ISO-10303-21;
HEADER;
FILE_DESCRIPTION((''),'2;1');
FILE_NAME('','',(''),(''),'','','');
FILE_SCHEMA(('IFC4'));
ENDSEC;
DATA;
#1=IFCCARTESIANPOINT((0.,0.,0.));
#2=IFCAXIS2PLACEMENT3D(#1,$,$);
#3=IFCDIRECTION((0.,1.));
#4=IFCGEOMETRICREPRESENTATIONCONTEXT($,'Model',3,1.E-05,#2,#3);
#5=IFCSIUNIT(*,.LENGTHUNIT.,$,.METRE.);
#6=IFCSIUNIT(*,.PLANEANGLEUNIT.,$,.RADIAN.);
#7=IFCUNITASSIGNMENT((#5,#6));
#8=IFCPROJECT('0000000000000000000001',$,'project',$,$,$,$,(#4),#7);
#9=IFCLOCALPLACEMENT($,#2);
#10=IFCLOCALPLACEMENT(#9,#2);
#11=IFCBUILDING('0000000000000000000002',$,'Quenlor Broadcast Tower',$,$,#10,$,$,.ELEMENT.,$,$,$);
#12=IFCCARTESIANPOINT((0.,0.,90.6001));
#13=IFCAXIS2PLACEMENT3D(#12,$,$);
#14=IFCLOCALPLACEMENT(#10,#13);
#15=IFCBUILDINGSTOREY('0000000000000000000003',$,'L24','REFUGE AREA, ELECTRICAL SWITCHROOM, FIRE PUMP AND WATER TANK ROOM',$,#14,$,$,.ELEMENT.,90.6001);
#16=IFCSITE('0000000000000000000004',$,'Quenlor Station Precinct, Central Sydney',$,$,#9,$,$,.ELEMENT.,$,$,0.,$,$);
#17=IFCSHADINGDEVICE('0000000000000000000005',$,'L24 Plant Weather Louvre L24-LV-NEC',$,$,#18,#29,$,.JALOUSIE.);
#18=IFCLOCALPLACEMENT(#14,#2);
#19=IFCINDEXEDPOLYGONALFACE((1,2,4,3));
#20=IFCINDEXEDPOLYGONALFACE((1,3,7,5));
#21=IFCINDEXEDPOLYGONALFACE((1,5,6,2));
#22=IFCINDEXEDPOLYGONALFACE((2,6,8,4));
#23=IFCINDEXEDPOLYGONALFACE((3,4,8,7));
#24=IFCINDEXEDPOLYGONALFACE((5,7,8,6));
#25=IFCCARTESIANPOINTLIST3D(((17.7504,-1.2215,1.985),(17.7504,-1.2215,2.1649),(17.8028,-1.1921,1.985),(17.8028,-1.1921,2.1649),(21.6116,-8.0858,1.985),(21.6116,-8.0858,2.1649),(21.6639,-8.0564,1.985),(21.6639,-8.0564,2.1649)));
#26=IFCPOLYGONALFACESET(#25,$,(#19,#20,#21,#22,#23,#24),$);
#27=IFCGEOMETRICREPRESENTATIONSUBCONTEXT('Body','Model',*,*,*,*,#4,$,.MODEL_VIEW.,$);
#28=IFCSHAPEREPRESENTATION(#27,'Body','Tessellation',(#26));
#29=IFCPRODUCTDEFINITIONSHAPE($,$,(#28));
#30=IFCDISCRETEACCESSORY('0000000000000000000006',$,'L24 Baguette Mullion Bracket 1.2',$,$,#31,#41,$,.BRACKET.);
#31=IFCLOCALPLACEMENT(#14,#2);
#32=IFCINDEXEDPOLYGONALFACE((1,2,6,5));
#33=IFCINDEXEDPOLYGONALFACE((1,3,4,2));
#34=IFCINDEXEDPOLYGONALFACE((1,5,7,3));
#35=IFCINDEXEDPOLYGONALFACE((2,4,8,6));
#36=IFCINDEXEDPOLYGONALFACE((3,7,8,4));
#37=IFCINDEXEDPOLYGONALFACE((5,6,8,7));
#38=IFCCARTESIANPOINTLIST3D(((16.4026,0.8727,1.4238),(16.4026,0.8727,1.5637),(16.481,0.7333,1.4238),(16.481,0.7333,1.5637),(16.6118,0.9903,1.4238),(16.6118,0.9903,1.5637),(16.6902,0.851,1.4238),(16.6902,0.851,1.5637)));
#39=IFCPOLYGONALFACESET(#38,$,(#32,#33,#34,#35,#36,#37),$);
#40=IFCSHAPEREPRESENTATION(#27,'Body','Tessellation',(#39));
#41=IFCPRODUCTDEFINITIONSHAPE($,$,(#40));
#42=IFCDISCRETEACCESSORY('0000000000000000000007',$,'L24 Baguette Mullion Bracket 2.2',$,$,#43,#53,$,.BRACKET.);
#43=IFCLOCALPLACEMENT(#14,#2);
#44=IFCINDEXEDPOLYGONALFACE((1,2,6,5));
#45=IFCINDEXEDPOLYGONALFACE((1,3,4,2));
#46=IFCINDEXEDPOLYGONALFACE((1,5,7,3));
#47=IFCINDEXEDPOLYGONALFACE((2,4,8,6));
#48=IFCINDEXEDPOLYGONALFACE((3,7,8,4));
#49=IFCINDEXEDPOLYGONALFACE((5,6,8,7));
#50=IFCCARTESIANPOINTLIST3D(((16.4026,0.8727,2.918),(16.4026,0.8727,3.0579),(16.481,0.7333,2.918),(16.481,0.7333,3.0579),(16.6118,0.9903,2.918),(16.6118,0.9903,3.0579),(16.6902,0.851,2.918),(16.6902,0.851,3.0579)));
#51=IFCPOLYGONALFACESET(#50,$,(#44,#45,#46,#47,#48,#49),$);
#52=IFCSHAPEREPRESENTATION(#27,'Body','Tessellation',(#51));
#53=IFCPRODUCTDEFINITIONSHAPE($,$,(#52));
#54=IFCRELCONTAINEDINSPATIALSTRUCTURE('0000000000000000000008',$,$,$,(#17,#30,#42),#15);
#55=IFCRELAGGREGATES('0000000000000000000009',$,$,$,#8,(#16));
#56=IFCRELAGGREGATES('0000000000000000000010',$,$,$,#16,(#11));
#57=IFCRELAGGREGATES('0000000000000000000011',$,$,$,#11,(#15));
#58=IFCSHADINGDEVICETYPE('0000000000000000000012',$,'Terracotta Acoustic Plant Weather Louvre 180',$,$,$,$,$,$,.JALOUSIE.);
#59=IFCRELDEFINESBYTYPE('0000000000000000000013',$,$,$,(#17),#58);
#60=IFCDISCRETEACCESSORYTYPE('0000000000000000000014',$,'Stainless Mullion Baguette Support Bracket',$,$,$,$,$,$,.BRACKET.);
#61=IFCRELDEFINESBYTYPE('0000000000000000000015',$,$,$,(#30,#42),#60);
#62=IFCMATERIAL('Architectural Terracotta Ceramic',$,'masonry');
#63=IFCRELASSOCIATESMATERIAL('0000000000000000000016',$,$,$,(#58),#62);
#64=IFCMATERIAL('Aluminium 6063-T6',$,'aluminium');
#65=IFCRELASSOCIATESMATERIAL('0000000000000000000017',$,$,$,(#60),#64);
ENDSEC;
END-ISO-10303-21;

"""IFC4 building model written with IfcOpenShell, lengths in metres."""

from ifc_helpers import new_model, si_unit, direction, frame, origin, origin_2d, place, context, subcontext, project, spatial, rectangle, extrude, material, material_profile, profile_set, type_object, element, save


model = new_model("IFC4")

# Units and contexts
model_context = context("Model", 3, precision=1e-05, world=origin(), true_north=direction((0.0, 1.0)))
body_context = subcontext(model_context, "Body", "Model", "MODEL_VIEW")
ifc_project = project(units=[si_unit("LENGTHUNIT", "METRE"), si_unit("PLANEANGLEUNIT", "RADIAN")], contexts=[model_context])

# Site, building, storey
site_placement = place(None, origin())
site = spatial("IfcSite", under=ifc_project, at=site_placement, Name="Quenlor Station Precinct, Central Sydney", CompositionType="ELEMENT", RefElevation=0.0)
building_placement = place(site_placement, origin())
building = spatial("IfcBuilding", under=site, at=building_placement, Name="Quenlor Broadcast Tower", CompositionType="ELEMENT")
storey_placement = place(building_placement, frame((0.0, 0.0, 90.6001)))
storey = spatial("IfcBuildingStorey", under=building, at=storey_placement, Name="L24", Description="REFUGE AREA, ELECTRICAL SWITCHROOM, FIRE PUMP AND WATER TANK ROOM", CompositionType="ELEMENT", Elevation=90.6001)

# Shading device
ifc_material_1 = material(Name="Architectural Terracotta Ceramic", Category="masonry")
ifc_material_profile_1 = material_profile(ifc_material_1, rectangle(XDim=0.0601, YDim=0.1799, at=origin_2d()))
ifc_profile_set_1 = profile_set([ifc_material_profile_1], Name="Architectural Terracotta Ceramic LVR60x180")
shading_device_type = type_object("IfcShadingDeviceType", Name="Terracotta Acoustic Plant Weather Louvre 180", PredefinedType="JALOUSIE", material=ifc_profile_set_1)
shading_device_placement = place(storey_placement, frame((17.7766, -1.2068, 2.075), z_axis=(0.490255, -0.871579, 0.0), x_axis=(0.871579, 0.490255, 0.0)))
element("IfcShadingDevice", 1, at=shading_device_placement, inside=storey, type_object=shading_device_type, Name="L24 Plant Weather Louvre L24-LV-NEC", PredefinedType="JALOUSIE", context=body_context, shape_type="SweptSolid", body=[
    extrude(rectangle(XDim=0.0601, YDim=0.1799, at=origin_2d()), origin(), (0.0, 0.0, 1.0), 7.8757),
])

# Discrete accessories
ifc_material_2 = material(Name="Aluminium 6063-T6", Category="aluminium")
discrete_accessory_type = type_object("IfcDiscreteAccessoryType", Name="Stainless Mullion Baguette Support Bracket", PredefinedType="BRACKET", material=ifc_material_2)
for number, where, z_axis, x_axis, name in (
    (2, (16.5464, 0.8618, 1.4238), (0.0, 0.0, 1.0), (0.490259, -0.871577, 0.0), "L24 Baguette Mullion Bracket 1.2"),
    (3, (16.5464, 0.8618, 2.918), (0.0, 0.0, 1.0), (0.490259, -0.871577, 0.0), "L24 Baguette Mullion Bracket 2.2"),
):
    element("IfcDiscreteAccessory", number, at=place(storey_placement, frame(where, z_axis=z_axis, x_axis=x_axis)), inside=storey, type_object=discrete_accessory_type, Name=name, PredefinedType="BRACKET", context=body_context, shape_type="SweptSolid", body=[
        extrude(rectangle(XDim=0.1599, YDim=0.24, at=origin_2d()), origin(), (0.0, 0.0, 1.0), 0.1399),
    ])

save(model, "model.ifc")
